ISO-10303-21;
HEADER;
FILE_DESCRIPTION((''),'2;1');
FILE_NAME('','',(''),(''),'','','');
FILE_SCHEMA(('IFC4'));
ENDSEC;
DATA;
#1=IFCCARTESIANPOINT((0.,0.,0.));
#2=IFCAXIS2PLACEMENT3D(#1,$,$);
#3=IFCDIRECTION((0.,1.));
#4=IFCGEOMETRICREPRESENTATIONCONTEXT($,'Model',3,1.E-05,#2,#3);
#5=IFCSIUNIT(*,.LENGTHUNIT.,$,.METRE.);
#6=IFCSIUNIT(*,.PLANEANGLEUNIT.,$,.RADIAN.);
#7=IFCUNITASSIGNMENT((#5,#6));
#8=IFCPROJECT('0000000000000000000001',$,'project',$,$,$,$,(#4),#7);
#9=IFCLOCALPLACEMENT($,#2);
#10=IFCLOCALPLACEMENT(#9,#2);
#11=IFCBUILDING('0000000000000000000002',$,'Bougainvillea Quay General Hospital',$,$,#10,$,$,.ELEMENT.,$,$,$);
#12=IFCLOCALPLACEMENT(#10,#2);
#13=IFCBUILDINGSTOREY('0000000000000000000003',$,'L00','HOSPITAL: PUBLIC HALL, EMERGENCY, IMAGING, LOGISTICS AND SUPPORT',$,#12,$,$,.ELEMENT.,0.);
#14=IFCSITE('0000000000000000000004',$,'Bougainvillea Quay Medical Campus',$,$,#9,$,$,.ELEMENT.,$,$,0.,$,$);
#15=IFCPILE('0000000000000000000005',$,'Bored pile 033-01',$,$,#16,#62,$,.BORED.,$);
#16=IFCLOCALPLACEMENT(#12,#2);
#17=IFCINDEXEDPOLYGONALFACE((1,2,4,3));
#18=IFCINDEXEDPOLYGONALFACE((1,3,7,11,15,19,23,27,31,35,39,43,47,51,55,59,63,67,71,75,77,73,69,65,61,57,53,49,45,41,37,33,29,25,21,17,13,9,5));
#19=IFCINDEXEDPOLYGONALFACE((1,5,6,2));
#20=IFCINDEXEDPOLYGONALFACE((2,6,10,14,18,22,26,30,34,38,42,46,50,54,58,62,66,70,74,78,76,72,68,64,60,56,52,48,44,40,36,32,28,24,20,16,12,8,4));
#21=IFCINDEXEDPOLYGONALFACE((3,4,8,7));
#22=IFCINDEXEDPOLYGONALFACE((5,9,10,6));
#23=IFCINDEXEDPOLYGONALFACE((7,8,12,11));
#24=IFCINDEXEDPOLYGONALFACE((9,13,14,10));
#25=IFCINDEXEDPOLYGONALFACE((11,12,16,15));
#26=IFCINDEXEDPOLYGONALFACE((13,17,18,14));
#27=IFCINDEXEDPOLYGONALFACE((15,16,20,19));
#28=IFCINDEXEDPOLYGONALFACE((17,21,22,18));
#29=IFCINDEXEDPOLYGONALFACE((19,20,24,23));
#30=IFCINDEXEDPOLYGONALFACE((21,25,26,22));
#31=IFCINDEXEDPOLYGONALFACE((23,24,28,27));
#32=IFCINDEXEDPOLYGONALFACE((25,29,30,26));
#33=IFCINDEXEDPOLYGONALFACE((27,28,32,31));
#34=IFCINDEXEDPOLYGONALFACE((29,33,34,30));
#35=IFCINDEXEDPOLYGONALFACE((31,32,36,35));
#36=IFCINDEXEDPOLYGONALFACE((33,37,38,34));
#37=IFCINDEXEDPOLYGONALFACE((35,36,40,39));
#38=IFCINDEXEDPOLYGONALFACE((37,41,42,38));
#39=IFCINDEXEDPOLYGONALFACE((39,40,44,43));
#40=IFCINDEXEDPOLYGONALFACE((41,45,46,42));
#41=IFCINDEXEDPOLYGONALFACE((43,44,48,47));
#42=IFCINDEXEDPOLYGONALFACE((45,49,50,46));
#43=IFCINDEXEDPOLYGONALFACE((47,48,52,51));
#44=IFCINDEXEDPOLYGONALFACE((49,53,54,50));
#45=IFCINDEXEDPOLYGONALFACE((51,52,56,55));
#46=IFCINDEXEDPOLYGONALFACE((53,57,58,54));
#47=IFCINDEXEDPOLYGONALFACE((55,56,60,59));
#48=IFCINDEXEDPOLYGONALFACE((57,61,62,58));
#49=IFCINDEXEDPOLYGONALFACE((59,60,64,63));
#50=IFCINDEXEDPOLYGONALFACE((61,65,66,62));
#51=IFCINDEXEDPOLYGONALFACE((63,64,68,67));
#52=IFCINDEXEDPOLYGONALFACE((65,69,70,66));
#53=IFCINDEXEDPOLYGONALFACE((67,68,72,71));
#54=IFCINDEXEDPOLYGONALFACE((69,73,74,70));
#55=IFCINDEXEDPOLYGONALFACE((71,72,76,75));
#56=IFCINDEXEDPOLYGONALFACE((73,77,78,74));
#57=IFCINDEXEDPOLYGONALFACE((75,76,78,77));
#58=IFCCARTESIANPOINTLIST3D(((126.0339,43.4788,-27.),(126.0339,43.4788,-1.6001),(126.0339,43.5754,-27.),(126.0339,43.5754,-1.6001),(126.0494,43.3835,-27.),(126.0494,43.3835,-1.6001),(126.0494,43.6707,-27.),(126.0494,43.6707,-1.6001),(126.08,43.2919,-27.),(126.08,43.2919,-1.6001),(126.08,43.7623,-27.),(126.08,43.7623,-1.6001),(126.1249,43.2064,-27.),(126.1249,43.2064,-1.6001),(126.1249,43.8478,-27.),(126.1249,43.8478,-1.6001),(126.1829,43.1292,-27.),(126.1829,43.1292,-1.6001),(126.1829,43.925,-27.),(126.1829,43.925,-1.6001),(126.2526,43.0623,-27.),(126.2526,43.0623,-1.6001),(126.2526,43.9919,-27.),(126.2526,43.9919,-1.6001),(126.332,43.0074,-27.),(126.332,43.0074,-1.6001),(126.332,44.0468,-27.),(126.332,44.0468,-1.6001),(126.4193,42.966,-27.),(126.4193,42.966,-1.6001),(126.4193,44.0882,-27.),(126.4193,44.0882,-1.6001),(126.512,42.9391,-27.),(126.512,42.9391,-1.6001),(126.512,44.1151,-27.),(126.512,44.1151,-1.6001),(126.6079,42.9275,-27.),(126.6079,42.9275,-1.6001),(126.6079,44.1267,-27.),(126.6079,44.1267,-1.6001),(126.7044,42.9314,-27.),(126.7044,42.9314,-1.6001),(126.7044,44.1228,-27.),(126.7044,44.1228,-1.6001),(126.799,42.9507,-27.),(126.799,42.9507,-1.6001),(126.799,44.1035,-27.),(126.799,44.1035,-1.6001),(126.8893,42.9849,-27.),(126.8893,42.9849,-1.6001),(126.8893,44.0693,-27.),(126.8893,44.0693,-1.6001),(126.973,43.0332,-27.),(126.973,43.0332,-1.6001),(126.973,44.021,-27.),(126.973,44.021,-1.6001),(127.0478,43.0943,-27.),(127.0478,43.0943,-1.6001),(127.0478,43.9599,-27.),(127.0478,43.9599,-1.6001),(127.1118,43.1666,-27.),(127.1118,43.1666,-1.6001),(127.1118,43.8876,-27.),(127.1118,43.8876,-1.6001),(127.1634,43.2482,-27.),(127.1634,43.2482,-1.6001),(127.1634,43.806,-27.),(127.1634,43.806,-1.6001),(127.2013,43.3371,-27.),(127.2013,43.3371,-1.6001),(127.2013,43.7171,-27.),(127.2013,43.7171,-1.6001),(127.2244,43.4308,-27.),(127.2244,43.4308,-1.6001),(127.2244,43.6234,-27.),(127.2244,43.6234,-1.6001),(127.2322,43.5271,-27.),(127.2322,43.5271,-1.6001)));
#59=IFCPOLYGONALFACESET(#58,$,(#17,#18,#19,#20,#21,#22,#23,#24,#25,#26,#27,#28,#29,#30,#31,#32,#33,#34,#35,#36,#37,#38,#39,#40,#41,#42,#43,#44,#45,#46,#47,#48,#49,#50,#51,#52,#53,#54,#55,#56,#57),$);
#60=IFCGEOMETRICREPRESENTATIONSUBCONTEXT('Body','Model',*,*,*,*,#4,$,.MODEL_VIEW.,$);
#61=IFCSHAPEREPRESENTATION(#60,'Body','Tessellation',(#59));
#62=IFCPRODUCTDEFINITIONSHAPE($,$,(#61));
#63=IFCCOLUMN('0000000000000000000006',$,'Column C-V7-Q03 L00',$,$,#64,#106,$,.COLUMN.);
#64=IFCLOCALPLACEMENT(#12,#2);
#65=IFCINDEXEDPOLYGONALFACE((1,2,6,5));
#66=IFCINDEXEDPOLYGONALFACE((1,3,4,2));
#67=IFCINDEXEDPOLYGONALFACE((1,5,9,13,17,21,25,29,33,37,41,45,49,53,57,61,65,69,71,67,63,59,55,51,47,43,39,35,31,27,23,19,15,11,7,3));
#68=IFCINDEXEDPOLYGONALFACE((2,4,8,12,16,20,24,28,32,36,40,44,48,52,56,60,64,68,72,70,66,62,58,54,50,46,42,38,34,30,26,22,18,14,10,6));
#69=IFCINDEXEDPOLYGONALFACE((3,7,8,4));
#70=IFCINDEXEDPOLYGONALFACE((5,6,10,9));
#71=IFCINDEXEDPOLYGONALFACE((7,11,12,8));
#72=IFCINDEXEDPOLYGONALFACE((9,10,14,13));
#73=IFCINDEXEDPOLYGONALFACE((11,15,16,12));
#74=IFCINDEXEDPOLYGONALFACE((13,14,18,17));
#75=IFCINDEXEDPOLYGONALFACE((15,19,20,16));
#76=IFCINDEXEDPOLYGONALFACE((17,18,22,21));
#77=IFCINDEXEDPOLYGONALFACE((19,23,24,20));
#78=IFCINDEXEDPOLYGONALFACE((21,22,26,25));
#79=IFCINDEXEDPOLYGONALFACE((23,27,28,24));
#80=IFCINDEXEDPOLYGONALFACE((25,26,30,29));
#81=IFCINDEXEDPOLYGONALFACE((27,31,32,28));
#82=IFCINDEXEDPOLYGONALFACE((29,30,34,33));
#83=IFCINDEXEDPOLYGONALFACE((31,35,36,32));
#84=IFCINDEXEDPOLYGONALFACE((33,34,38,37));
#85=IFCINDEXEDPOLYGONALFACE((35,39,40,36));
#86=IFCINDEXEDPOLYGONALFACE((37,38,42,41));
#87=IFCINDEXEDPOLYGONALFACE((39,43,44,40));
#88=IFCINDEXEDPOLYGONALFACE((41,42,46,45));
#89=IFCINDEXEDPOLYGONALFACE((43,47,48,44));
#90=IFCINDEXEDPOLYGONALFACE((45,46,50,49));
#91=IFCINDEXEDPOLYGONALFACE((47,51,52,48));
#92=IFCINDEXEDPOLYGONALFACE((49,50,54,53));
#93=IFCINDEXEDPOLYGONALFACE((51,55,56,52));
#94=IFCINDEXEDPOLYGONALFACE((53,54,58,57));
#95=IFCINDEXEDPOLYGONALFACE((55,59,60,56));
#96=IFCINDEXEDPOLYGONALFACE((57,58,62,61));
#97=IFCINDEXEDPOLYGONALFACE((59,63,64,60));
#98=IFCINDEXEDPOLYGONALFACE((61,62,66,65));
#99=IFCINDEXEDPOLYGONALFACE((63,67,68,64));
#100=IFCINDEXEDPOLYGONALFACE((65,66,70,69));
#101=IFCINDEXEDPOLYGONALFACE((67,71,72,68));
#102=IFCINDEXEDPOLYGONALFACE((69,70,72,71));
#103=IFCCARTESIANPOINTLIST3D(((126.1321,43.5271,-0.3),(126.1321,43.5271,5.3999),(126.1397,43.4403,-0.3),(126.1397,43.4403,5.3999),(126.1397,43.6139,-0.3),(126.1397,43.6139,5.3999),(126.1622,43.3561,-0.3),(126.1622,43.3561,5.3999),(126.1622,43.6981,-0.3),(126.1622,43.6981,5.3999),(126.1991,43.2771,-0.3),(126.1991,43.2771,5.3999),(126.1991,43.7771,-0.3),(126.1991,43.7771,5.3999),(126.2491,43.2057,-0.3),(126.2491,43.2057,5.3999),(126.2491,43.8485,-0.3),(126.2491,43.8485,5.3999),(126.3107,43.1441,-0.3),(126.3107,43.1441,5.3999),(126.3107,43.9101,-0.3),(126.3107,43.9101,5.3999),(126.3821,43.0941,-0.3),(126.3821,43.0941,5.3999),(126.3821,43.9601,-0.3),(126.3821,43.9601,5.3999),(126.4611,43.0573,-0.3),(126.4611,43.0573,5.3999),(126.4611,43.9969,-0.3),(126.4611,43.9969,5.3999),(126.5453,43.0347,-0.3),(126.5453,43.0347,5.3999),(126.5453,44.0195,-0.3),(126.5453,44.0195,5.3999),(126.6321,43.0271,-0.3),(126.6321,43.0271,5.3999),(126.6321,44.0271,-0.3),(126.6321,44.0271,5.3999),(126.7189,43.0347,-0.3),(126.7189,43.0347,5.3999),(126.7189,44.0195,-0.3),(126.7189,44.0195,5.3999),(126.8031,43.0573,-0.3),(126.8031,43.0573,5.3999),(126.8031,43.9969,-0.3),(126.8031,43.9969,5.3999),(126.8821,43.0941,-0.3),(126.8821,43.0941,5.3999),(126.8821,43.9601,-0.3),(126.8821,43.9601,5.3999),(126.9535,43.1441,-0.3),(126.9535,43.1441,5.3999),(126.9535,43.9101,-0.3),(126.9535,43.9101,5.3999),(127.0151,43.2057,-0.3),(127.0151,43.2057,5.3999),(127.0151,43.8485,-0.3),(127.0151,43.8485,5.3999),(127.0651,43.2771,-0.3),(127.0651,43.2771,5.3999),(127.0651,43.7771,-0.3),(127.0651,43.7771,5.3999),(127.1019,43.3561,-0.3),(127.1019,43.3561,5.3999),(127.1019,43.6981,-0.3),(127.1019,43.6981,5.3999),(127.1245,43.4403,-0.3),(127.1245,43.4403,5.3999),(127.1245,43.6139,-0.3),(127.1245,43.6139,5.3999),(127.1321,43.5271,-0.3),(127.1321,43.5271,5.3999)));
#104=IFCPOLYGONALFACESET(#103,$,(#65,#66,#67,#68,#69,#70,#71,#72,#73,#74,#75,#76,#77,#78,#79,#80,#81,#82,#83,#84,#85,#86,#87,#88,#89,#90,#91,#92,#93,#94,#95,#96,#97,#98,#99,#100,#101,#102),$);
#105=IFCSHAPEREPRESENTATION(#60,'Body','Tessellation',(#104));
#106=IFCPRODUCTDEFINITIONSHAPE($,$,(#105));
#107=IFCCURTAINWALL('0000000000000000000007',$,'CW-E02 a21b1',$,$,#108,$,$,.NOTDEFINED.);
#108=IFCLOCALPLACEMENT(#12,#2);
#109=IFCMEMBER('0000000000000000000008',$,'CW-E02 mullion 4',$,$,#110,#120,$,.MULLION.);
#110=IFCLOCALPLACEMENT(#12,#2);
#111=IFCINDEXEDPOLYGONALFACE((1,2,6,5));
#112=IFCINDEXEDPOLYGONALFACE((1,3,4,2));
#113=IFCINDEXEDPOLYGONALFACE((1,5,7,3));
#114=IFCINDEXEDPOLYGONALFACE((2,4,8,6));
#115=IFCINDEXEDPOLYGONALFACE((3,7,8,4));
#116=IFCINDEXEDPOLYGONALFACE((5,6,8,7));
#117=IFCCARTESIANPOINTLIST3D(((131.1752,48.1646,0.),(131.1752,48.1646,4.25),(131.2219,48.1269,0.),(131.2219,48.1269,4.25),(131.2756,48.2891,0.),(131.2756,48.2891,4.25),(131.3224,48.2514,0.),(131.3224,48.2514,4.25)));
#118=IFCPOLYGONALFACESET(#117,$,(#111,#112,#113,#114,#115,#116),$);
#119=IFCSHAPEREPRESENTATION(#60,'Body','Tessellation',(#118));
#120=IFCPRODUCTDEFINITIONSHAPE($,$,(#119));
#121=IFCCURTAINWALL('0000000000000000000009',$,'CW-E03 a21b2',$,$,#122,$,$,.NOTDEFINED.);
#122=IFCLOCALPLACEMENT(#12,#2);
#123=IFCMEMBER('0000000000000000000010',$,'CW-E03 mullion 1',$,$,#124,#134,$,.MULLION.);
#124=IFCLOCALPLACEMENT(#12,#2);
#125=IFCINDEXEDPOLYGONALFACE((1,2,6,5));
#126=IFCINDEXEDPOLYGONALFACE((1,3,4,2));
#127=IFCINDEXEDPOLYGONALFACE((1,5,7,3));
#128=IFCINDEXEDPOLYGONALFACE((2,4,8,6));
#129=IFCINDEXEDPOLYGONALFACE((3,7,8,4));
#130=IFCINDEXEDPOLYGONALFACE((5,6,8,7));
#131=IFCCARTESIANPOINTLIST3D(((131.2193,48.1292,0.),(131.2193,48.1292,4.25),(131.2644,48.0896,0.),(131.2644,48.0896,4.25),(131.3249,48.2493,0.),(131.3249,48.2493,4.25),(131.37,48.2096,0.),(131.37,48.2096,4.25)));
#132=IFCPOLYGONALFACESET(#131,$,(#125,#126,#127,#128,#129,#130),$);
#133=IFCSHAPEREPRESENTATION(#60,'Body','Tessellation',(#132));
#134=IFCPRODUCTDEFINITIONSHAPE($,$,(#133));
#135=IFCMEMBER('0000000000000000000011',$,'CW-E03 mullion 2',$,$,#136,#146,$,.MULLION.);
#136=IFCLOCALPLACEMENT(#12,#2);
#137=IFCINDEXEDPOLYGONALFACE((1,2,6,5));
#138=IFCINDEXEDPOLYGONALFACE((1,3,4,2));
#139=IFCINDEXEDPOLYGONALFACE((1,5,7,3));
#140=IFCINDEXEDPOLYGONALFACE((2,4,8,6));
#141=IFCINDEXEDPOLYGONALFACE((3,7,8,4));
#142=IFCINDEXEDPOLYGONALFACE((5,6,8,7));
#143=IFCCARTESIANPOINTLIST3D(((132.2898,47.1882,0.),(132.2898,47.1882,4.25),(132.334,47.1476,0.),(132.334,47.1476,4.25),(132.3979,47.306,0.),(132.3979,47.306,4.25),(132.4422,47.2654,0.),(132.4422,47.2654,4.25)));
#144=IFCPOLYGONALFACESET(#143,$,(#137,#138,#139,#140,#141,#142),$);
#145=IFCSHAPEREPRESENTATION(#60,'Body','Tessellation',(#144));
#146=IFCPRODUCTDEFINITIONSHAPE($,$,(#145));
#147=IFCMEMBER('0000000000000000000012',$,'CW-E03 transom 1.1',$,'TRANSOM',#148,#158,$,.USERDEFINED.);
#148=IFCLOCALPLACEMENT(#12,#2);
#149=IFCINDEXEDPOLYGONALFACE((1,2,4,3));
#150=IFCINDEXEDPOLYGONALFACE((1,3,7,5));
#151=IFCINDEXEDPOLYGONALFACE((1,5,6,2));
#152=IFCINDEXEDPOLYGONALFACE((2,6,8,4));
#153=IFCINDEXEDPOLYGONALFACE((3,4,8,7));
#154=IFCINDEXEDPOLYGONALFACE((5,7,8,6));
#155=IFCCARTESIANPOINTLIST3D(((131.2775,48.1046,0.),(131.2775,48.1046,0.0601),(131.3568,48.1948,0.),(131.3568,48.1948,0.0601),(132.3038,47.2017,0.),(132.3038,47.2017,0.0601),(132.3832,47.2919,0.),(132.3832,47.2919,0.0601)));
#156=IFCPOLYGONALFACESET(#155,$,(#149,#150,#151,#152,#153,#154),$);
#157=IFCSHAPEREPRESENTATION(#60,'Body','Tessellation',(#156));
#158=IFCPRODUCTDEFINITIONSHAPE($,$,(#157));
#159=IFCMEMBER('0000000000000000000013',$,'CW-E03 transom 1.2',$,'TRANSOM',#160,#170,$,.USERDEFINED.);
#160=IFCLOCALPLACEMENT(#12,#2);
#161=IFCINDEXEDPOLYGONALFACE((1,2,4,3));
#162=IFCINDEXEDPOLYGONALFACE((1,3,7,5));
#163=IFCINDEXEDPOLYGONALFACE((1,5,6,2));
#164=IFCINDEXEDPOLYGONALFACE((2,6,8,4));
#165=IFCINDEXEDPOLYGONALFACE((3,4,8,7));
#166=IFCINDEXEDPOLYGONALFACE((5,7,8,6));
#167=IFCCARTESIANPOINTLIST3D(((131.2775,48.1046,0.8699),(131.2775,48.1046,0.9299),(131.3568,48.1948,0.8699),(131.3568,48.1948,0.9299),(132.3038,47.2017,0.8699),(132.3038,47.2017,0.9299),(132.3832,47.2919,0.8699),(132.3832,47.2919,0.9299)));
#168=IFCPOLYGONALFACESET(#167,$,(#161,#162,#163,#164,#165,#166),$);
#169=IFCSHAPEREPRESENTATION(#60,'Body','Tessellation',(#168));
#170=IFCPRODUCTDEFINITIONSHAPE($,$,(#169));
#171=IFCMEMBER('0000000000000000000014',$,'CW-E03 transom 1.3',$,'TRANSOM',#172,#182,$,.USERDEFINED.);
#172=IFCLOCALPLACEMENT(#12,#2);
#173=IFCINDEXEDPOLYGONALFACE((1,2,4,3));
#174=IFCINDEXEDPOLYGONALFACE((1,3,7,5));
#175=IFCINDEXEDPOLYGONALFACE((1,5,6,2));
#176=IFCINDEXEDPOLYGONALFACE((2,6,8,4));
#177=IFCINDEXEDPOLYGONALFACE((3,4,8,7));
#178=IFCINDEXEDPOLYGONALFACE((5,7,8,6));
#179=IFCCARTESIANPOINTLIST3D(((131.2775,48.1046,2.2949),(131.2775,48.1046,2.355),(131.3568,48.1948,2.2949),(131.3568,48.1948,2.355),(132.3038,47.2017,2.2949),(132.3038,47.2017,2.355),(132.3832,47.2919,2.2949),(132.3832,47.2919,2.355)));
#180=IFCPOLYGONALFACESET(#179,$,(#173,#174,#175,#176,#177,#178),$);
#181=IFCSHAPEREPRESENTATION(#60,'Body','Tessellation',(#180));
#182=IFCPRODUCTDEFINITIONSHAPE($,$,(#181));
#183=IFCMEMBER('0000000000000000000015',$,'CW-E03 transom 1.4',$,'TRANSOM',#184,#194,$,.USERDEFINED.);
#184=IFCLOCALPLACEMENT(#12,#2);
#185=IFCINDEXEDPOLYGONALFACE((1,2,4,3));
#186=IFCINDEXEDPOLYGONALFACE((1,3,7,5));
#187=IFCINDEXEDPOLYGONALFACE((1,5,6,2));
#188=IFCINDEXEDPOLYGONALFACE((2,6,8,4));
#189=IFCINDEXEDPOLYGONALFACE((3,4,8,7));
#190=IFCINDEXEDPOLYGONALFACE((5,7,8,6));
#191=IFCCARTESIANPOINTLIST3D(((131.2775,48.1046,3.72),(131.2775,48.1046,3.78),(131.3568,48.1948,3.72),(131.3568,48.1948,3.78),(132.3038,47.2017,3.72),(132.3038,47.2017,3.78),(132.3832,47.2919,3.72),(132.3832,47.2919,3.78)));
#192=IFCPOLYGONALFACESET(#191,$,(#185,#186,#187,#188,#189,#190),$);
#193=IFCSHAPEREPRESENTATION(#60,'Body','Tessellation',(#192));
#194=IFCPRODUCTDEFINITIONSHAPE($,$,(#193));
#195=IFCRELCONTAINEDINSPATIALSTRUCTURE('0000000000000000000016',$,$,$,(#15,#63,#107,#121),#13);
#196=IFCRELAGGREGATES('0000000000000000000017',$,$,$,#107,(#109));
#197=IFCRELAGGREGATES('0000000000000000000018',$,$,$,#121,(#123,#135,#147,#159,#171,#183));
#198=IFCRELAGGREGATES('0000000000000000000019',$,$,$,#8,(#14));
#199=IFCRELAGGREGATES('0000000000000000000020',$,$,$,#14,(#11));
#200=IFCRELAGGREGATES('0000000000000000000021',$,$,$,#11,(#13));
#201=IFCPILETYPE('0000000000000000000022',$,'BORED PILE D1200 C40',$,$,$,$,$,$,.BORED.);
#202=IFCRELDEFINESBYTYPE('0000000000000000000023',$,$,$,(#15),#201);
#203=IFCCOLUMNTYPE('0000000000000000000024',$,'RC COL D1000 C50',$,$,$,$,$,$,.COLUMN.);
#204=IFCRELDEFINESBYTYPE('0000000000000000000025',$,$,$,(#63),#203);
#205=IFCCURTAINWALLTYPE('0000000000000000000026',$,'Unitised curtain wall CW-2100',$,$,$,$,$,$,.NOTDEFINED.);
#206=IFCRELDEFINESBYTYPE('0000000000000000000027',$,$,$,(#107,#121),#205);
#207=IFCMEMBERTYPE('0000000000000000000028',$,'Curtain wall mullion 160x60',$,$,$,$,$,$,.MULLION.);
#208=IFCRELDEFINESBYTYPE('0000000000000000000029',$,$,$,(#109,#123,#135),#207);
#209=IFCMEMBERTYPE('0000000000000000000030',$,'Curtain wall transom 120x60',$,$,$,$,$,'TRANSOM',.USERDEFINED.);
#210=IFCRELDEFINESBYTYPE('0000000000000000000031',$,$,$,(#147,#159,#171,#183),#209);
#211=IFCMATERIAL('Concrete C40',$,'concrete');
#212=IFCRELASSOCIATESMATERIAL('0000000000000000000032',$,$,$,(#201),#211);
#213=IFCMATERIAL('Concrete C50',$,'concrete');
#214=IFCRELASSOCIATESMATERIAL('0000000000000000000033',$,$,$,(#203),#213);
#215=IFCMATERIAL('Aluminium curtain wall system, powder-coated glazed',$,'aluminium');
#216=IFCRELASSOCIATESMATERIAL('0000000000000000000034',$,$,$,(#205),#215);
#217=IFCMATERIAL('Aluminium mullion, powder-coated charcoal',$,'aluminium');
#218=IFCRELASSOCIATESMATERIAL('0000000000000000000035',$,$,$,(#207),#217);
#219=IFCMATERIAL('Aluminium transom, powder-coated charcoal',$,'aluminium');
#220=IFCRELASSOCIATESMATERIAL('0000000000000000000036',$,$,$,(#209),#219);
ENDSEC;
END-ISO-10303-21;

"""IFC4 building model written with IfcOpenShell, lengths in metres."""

from ifc_helpers import new_model, si_unit, direction, frame, origin, origin_2d, place, context, subcontext, project, spatial, rectangle, circle, extrude, material, material_profile, profile_set, type_object, element, aggregate, save


model = new_model("IFC4")

# Units and contexts
model_context = context("Model", 3, precision=1e-05, world=origin(), true_north=direction((0.0, 1.0)))
body_context = subcontext(model_context, "Body", "Model", "MODEL_VIEW")
ifc_project = project(units=[si_unit("LENGTHUNIT", "METRE"), si_unit("PLANEANGLEUNIT", "RADIAN")], contexts=[model_context])

# Site, building, storey
site_placement = place(None, origin())
site = spatial("IfcSite", under=ifc_project, at=site_placement, Name="Bougainvillea Quay Medical Campus", CompositionType="ELEMENT", RefElevation=0.0)
building_placement = place(site_placement, origin())
building = spatial("IfcBuilding", under=site, at=building_placement, Name="Bougainvillea Quay General Hospital", CompositionType="ELEMENT")
storey_placement = place(building_placement, origin())
storey = spatial("IfcBuildingStorey", under=building, at=storey_placement, Name="L00", Description="HOSPITAL: PUBLIC HALL, EMERGENCY, IMAGING, LOGISTICS AND SUPPORT", CompositionType="ELEMENT", Elevation=0.0)

# Pile
ifc_material_1 = material(Name="Concrete C40", Category="concrete")
ifc_material_profile_1 = material_profile(ifc_material_1, circle(Radius=0.6001, at=origin_2d()))
ifc_profile_set_1 = profile_set([ifc_material_profile_1], Name="Concrete C40")
pile_type = type_object("IfcPileType", Name="BORED PILE D1200 C40", PredefinedType="BORED", material=ifc_profile_set_1)
pile_placement = place(storey_placement, frame((126.6321, 43.5271, -1.6001), z_axis=(0.0, 0.0, -1.0), x_axis=(1.0, 0.0, 0.0)))
element("IfcPile", 1, at=pile_placement, inside=storey, type_object=pile_type, Name="Bored pile 033-01", PredefinedType="BORED", context=body_context, shape_type="SweptSolid", body=[
    extrude(circle(Radius=0.6001, at=origin_2d()), origin(), (0.0, 0.0, 1.0), 25.3999),
])

# Column
ifc_material_2 = material(Name="Concrete C50", Category="concrete")
ifc_material_profile_2 = material_profile(ifc_material_2, circle(Radius=0.5, at=origin_2d()))
ifc_profile_set_2 = profile_set([ifc_material_profile_2], Name="Concrete C50")
column_type = type_object("IfcColumnType", Name="RC COL D1000 C50", PredefinedType="COLUMN", material=ifc_profile_set_2)
column_placement = place(storey_placement, frame((126.6321, 43.5271, -0.3), z_axis=(0.0, 0.0, 1.0), x_axis=(1.0, 0.0, 0.0)))
element("IfcColumn", 2, at=column_placement, inside=storey, type_object=column_type, Name="Column C-V7-Q03 L00", PredefinedType="COLUMN", context=body_context, shape_type="SweptSolid", body=[
    extrude(circle(Radius=0.5, at=origin_2d()), origin(), (0.0, 0.0, 1.0), 5.7),
])

# Curtain wall, member
ifc_material_3 = material(Name="Aluminium curtain wall system, powder-coated glazed", Category="aluminium")
curtain_wall_type = type_object("IfcCurtainWallType", Name="Unitised curtain wall CW-2100", PredefinedType="NOTDEFINED", material=ifc_material_3)
curtain_wall_1_placement = place(storey_placement, origin())
curtain_wall_1 = element("IfcCurtainWall", 3, at=curtain_wall_1_placement, inside=storey, type_object=curtain_wall_type, Name="CW-E02 a21b1", PredefinedType="NOTDEFINED")
ifc_material_4 = material(Name="Aluminium mullion, powder-coated charcoal", Category="aluminium")
ifc_material_profile_3 = material_profile(ifc_material_4, rectangle(XDim=0.1599, YDim=0.0601, at=origin_2d()))
ifc_profile_set_3 = profile_set([ifc_material_profile_3], Name="Aluminium mullion, powder-coated charcoal")
member_type_1 = type_object("IfcMemberType", Name="Curtain wall mullion 160x60", PredefinedType="MULLION", material=ifc_profile_set_3)
member_1_placement = place(storey_placement, frame((131.2488, 48.208, 0.0), z_axis=(0.0, 0.0, 1.0), x_axis=(0.628035, 0.778185, 0.0)))
member_1 = element("IfcMember", 4, at=member_1_placement, type_object=member_type_1, Name="CW-E02 mullion 4", PredefinedType="MULLION", context=body_context, shape_type="SweptSolid", body=[
    extrude(rectangle(XDim=0.1599, YDim=0.0601, at=origin_2d()), origin(), (0.0, 0.0, 1.0), 4.25),
])
aggregate(curtain_wall_1, [member_1])

# Curtain wall, members
curtain_wall_2_placement = place(storey_placement, origin())
curtain_wall_2 = element("IfcCurtainWall", 5, at=curtain_wall_2_placement, inside=storey, type_object=curtain_wall_type, Name="CW-E03 a21b2", PredefinedType="NOTDEFINED")
member_2_placement = place(storey_placement, frame((131.2947, 48.1694, 0.0), z_axis=(0.0, 0.0, 1.0), x_axis=(0.660561, 0.750772, 0.0)))
member_2 = element("IfcMember", 6, at=member_2_placement, type_object=member_type_1, Name="CW-E03 mullion 1", PredefinedType="MULLION", context=body_context, shape_type="SweptSolid", body=[
    extrude(rectangle(XDim=0.1599, YDim=0.0601, at=origin_2d()), origin(), (0.0, 0.0, 1.0), 4.25),
])
member_3_placement = place(storey_placement, frame((132.366, 47.2268, 0.0), z_axis=(0.0, 0.0, 1.0), x_axis=(0.676379, 0.736554, 0.0)))
member_3 = element("IfcMember", 7, at=member_3_placement, type_object=member_type_1, Name="CW-E03 mullion 2", PredefinedType="MULLION", context=body_context, shape_type="SweptSolid", body=[
    extrude(rectangle(XDim=0.1599, YDim=0.0601, at=origin_2d()), origin(), (0.0, 0.0, 1.0), 4.25),
])
ifc_material_5 = material(Name="Aluminium transom, powder-coated charcoal", Category="aluminium")
ifc_material_profile_4 = material_profile(ifc_material_5, rectangle(XDim=0.1201, YDim=0.0601, at=origin_2d()))
ifc_profile_set_4 = profile_set([ifc_material_profile_4], Name="Aluminium transom, powder-coated charcoal")
member_type_2 = type_object("IfcMemberType", Name="Curtain wall transom 120x60", ElementType="TRANSOM", PredefinedType="USERDEFINED", material=ifc_profile_set_4)
member_4_placement = place(storey_placement, frame((131.3171, 48.1497, 0.03), z_axis=(0.750848, -0.660475, 0.0), x_axis=(0.660475, 0.750848, 0.0)))
member_4 = element("IfcMember", 8, at=member_4_placement, type_object=member_type_2, Name="CW-E03 transom 1.1", ObjectType="TRANSOM", PredefinedType="USERDEFINED", context=body_context, shape_type="SweptSolid", body=[
    extrude(rectangle(XDim=0.1201, YDim=0.0601, at=origin_2d()), origin(), (0.0, 0.0, 1.0), 1.3669),
])
member_5_placement = place(storey_placement, frame((131.3171, 48.1497, 0.8999), z_axis=(0.750848, -0.660475, 0.0), x_axis=(0.660475, 0.750848, 0.0)))
member_5 = element("IfcMember", 9, at=member_5_placement, type_object=member_type_2, Name="CW-E03 transom 1.2", ObjectType="TRANSOM", PredefinedType="USERDEFINED", context=body_context, shape_type="SweptSolid", body=[
    extrude(rectangle(XDim=0.1201, YDim=0.0601, at=origin_2d()), origin(), (0.0, 0.0, 1.0), 1.3669),
])
member_6_placement = place(storey_placement, frame((131.3171, 48.1497, 2.325), z_axis=(0.750848, -0.660475, 0.0), x_axis=(0.660475, 0.750848, 0.0)))
member_6 = element("IfcMember", 10, at=member_6_placement, type_object=member_type_2, Name="CW-E03 transom 1.3", ObjectType="TRANSOM", PredefinedType="USERDEFINED", context=body_context, shape_type="SweptSolid", body=[
    extrude(rectangle(XDim=0.1201, YDim=0.0601, at=origin_2d()), origin(), (0.0, 0.0, 1.0), 1.3669),
])
member_7_placement = place(storey_placement, frame((131.3171, 48.1497, 3.75), z_axis=(0.750848, -0.660475, 0.0), x_axis=(0.660475, 0.750848, 0.0)))
member_7 = element("IfcMember", 11, at=member_7_placement, type_object=member_type_2, Name="CW-E03 transom 1.4", ObjectType="TRANSOM", PredefinedType="USERDEFINED", context=body_context, shape_type="SweptSolid", body=[
    extrude(rectangle(XDim=0.1201, YDim=0.0601, at=origin_2d()), origin(), (0.0, 0.0, 1.0), 1.3669),
])
aggregate(curtain_wall_2, [member_2, member_3, member_4, member_5, member_6, member_7])

save(model, "model.ifc")
